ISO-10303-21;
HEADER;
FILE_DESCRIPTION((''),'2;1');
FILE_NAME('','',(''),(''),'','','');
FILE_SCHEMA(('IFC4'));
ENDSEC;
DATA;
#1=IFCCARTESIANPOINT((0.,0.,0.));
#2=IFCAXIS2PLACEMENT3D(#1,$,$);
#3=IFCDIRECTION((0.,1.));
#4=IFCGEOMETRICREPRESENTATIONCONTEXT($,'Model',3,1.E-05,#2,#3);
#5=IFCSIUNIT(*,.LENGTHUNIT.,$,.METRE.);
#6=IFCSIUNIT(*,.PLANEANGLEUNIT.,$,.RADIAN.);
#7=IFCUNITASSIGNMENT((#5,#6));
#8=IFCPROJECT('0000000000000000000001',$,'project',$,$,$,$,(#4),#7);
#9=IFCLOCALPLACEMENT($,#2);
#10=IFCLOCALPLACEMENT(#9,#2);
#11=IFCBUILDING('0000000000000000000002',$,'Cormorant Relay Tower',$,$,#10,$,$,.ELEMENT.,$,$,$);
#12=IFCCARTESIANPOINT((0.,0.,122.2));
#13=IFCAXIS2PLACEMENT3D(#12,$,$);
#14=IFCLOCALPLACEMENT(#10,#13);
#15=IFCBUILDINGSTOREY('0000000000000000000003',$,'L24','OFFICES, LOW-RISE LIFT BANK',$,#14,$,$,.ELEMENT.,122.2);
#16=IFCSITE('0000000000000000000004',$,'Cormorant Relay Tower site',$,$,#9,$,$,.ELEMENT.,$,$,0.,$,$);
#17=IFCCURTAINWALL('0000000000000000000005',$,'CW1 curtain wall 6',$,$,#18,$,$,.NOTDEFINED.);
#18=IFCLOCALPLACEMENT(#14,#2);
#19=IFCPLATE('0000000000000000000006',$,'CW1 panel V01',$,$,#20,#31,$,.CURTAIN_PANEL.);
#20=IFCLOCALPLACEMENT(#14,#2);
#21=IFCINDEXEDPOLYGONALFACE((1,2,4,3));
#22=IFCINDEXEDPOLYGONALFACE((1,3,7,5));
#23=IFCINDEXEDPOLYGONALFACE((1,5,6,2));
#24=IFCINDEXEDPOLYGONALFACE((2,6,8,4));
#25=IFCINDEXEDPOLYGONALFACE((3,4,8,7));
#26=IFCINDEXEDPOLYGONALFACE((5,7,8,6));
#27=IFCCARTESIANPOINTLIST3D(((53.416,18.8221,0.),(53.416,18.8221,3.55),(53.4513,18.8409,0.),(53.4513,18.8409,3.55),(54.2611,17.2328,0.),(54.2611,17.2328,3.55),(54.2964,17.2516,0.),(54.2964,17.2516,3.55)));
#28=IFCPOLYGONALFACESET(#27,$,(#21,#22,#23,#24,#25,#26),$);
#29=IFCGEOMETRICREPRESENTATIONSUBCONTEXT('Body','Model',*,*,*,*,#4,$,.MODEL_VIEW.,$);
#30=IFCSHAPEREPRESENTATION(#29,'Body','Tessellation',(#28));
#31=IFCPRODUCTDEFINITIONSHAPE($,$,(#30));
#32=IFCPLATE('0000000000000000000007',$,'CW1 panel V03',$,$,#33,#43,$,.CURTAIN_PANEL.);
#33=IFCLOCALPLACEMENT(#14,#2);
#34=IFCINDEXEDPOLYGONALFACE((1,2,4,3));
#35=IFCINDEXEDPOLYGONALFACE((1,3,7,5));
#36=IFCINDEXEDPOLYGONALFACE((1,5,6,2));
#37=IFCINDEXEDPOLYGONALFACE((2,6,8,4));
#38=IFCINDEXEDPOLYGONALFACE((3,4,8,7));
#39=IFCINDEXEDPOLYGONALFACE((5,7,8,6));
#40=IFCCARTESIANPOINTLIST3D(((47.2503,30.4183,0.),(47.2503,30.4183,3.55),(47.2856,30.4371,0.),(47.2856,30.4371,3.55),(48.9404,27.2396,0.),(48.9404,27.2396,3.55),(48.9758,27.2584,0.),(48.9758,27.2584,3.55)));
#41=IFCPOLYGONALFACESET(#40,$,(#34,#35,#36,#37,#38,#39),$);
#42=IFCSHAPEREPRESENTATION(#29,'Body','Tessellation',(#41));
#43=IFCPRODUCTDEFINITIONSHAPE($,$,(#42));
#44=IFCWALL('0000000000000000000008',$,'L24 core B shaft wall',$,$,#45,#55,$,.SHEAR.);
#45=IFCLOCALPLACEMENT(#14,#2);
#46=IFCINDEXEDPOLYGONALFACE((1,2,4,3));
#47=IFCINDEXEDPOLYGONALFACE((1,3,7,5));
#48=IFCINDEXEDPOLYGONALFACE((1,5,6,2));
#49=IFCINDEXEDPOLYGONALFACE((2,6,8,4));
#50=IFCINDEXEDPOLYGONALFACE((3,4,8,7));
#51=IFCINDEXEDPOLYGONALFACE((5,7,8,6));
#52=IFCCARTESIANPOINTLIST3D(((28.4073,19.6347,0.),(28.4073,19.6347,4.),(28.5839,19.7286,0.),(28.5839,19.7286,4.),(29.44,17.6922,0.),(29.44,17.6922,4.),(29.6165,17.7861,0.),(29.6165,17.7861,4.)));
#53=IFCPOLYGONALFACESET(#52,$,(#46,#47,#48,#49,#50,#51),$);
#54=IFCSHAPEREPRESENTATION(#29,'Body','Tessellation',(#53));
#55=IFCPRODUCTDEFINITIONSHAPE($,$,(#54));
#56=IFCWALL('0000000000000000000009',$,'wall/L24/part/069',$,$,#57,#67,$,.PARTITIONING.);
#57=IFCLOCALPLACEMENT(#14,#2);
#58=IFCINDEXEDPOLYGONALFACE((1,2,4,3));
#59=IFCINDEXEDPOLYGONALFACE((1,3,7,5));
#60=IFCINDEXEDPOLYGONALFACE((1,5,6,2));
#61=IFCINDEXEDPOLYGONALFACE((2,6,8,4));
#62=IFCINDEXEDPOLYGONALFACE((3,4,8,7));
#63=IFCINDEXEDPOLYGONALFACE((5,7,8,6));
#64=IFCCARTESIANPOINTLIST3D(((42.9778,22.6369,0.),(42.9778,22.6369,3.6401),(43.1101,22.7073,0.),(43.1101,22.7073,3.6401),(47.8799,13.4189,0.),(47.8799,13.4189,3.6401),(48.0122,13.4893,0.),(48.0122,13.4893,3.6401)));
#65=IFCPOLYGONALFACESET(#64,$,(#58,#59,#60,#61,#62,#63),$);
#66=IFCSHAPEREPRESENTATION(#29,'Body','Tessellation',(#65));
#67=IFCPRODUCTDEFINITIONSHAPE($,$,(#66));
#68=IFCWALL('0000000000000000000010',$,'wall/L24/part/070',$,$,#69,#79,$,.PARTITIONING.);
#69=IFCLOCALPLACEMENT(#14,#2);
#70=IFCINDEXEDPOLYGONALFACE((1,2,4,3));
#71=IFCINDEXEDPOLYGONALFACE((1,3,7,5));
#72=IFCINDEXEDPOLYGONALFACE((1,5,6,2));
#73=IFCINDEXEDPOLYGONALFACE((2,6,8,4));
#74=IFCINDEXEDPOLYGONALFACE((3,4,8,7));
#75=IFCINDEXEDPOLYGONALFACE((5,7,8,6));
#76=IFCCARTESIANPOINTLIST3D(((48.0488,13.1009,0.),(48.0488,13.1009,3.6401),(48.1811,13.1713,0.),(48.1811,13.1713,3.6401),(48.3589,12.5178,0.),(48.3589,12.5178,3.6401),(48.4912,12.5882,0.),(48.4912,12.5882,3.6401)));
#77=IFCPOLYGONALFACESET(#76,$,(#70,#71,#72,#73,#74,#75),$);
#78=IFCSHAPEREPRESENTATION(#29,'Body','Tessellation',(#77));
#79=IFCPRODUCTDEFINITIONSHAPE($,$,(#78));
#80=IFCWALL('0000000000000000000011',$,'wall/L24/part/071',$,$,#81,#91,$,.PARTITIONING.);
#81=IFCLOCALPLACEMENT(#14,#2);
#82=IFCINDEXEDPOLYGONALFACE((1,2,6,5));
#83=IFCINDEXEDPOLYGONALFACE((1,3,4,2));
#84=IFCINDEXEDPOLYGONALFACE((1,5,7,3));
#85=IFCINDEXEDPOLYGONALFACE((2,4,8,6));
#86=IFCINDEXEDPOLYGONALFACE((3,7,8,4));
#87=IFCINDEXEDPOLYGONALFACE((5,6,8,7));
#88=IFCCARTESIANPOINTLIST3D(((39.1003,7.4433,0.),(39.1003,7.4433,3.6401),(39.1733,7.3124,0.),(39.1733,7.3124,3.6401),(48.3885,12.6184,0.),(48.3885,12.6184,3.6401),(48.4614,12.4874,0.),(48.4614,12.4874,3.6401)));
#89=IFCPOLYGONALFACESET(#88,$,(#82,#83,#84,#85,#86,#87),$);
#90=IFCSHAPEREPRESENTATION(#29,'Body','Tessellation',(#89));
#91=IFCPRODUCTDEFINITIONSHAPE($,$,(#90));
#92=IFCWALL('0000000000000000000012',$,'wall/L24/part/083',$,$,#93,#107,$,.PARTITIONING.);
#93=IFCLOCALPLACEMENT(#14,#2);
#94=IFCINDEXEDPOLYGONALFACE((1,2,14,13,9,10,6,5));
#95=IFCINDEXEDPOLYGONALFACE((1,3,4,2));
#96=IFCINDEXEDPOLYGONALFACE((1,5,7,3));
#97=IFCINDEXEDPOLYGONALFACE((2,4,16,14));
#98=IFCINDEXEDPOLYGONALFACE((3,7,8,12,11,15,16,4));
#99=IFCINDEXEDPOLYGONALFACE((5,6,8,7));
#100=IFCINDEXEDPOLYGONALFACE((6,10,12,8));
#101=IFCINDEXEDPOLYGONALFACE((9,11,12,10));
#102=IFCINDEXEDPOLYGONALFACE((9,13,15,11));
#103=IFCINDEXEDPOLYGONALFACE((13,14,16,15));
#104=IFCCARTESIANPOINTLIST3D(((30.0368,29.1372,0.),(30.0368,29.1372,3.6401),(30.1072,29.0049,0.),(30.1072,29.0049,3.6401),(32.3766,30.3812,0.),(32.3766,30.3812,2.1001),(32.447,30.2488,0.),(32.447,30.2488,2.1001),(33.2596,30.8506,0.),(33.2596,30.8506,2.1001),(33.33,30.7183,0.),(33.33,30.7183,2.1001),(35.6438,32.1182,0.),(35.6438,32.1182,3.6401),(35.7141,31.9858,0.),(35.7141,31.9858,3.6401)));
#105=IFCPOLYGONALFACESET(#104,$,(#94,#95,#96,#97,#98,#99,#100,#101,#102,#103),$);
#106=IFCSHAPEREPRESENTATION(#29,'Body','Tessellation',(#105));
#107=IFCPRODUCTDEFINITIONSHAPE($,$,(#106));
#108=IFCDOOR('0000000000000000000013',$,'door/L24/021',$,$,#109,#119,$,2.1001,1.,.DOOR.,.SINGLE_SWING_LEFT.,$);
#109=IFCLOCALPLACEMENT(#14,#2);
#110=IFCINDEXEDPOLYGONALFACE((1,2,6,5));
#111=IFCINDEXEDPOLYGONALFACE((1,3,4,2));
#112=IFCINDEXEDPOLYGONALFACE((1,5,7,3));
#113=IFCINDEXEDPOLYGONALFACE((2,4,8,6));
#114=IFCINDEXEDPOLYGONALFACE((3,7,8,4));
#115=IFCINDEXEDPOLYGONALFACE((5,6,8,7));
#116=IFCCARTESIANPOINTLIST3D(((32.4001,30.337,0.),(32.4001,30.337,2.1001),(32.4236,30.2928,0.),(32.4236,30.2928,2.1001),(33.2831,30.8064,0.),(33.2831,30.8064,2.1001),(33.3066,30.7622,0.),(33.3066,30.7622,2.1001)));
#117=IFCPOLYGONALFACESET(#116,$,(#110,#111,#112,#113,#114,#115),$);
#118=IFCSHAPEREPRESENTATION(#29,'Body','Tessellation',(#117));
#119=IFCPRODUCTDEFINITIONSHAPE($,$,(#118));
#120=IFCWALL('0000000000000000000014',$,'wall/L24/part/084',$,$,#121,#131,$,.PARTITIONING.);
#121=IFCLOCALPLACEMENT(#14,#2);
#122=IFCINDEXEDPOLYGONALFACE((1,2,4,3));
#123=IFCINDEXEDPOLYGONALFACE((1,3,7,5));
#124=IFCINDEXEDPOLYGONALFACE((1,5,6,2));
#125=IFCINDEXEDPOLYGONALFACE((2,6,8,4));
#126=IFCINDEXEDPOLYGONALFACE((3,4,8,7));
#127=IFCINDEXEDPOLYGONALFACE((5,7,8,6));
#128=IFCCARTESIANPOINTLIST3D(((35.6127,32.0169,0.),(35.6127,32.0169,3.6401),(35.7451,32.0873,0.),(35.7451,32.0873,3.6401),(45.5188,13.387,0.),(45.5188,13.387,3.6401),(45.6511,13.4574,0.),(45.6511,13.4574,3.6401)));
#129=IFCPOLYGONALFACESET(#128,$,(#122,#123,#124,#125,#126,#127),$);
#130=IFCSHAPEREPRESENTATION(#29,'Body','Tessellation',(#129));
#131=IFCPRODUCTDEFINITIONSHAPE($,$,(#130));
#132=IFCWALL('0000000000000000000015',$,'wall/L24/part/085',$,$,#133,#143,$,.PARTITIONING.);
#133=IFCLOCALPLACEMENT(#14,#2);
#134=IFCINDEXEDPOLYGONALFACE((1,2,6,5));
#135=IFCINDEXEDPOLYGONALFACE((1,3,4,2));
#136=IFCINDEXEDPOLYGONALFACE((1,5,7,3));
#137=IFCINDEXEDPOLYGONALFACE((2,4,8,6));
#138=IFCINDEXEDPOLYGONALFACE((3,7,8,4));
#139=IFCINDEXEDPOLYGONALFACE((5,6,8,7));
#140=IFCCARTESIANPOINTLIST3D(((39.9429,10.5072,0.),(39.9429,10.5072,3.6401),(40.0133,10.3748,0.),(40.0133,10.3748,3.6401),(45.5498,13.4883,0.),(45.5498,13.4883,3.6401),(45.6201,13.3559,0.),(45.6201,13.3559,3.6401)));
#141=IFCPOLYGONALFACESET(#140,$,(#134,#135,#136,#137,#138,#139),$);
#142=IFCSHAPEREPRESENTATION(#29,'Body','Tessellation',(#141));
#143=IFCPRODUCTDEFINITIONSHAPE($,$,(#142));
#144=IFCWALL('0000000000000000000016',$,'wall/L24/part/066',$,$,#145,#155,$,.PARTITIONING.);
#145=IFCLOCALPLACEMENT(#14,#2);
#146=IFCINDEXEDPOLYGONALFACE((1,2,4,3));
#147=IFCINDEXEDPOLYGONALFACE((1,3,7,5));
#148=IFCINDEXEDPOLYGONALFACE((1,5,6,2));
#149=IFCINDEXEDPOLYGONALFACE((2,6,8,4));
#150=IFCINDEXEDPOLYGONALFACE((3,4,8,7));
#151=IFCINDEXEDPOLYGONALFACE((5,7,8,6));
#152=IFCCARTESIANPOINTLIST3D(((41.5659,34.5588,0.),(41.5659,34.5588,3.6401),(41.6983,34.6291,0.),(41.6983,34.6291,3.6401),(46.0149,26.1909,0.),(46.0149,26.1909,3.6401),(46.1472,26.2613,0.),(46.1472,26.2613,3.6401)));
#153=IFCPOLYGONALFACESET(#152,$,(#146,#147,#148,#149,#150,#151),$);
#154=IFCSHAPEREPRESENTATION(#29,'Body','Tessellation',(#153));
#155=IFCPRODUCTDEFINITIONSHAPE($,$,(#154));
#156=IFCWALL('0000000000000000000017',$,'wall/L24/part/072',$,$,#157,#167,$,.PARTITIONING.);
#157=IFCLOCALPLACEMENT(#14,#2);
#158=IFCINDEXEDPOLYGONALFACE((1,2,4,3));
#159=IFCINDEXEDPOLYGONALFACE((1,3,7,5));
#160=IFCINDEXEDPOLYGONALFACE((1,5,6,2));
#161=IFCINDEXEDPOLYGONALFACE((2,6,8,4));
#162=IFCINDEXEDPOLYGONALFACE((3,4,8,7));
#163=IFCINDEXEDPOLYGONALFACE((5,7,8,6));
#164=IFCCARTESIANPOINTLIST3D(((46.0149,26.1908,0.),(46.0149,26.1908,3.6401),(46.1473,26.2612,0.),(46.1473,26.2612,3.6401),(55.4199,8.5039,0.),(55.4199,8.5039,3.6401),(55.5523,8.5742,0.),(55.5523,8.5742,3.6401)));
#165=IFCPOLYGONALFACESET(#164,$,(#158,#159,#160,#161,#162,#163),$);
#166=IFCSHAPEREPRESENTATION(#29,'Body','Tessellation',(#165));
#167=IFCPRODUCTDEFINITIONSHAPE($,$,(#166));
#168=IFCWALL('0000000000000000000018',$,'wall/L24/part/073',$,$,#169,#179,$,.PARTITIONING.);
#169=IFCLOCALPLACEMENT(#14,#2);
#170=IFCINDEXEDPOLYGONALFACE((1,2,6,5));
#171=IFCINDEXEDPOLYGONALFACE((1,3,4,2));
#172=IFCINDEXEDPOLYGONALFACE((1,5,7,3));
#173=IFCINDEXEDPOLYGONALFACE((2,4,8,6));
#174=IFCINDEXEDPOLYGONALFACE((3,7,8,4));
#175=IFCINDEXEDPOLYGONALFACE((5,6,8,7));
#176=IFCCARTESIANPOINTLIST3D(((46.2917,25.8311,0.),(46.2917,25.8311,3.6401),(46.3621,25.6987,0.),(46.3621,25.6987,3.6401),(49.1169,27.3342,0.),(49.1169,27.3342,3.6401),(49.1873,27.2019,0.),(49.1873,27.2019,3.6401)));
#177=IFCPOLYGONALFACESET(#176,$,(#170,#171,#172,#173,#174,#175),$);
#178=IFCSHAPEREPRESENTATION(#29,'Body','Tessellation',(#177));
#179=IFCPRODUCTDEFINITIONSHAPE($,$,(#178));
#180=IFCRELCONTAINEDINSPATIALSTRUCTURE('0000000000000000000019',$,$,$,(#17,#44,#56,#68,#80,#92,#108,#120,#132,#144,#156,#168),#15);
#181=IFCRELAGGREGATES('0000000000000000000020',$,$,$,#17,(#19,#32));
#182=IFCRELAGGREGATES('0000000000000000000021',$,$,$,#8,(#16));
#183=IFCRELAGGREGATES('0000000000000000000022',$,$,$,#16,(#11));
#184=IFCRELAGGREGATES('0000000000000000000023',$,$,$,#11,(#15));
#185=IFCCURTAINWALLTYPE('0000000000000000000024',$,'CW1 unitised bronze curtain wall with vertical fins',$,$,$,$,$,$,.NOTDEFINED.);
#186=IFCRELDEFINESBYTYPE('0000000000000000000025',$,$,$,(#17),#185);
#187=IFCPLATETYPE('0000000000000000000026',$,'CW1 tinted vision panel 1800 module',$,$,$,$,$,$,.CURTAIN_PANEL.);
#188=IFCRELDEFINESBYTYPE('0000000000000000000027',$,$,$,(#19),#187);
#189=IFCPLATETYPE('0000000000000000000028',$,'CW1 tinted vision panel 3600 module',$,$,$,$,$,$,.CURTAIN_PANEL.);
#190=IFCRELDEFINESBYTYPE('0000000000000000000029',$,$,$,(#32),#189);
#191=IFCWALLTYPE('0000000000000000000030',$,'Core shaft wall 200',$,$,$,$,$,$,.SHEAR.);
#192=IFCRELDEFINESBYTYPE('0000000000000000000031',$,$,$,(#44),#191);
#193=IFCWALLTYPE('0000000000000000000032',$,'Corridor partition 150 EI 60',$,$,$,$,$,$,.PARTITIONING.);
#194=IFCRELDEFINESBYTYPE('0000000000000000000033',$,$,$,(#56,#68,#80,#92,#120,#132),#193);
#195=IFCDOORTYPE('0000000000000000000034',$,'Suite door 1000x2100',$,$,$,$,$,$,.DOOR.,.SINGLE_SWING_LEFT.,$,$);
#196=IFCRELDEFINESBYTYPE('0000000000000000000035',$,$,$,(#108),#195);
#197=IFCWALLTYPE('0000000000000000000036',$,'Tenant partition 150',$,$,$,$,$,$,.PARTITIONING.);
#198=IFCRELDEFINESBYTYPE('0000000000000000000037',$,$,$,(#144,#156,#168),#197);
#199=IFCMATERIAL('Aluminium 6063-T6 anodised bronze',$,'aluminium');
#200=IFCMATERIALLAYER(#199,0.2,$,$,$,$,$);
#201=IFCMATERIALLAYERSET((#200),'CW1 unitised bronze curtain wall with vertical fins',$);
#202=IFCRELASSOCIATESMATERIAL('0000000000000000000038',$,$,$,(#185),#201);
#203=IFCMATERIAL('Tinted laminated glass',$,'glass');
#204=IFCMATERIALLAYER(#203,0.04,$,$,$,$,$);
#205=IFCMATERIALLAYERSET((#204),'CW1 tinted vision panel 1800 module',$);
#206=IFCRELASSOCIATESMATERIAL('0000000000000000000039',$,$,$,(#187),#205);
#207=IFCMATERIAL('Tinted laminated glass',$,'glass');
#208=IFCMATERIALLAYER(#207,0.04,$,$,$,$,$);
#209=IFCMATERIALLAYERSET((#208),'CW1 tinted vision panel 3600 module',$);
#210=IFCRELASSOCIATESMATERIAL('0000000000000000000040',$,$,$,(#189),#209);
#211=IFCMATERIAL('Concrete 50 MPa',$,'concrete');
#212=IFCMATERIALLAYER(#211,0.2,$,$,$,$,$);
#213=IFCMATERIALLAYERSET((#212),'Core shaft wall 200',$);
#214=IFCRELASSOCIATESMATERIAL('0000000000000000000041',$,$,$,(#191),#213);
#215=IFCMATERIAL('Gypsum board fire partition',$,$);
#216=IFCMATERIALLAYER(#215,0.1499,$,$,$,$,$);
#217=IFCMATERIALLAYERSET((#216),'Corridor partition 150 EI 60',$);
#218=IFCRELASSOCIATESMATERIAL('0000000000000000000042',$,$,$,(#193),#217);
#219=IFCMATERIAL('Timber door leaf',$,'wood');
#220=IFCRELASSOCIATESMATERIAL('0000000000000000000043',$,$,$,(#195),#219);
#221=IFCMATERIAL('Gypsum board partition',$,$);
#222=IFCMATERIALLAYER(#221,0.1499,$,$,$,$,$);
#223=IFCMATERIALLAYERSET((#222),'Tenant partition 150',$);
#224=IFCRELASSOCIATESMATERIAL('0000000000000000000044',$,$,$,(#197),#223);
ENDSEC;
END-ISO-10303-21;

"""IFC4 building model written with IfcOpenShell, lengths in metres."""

from ifc_helpers import new_model, si_unit, direction, frame, frame_2d, origin, origin_2d, place, context, subcontext, project, spatial, rectangle, extrude, material, layer, layer_set, type_object, element, fill, aggregate, save


model = new_model("IFC4")

# Units and contexts
model_context = context("Model", 3, precision=1e-05, world=origin(), true_north=direction((0.0, 1.0)))
body_context = subcontext(model_context, "Body", "Model", "MODEL_VIEW")
ifc_project = project(units=[si_unit("LENGTHUNIT", "METRE"), si_unit("PLANEANGLEUNIT", "RADIAN")], contexts=[model_context])

# Site, building, storey
site_placement = place(None, origin())
site = spatial("IfcSite", under=ifc_project, at=site_placement, Name="Cormorant Relay Tower site", CompositionType="ELEMENT", RefElevation=0.0)
building_placement = place(site_placement, origin())
building = spatial("IfcBuilding", under=site, at=building_placement, Name="Cormorant Relay Tower", CompositionType="ELEMENT")
storey_placement = place(building_placement, frame((0.0, 0.0, 122.2)))
storey = spatial("IfcBuildingStorey", under=building, at=storey_placement, Name="L24", Description="OFFICES, LOW-RISE LIFT BANK", CompositionType="ELEMENT", Elevation=122.2)

# Curtain wall
ifc_material_1 = material(Name="Aluminium 6063-T6 anodised bronze", Category="aluminium")
ifc_layer_1 = layer(ifc_material_1, 0.2)
ifc_layer_set_1 = layer_set([ifc_layer_1], Name="CW1 unitised bronze curtain wall with vertical fins")
curtain_wall_type = type_object("IfcCurtainWallType", Name="CW1 unitised bronze curtain wall with vertical fins", PredefinedType="NOTDEFINED", material=ifc_layer_set_1)
curtain_wall_placement = place(storey_placement, origin())
curtain_wall = element("IfcCurtainWall", 1, at=curtain_wall_placement, inside=storey, type_object=curtain_wall_type, Name="CW1 curtain wall 6", PredefinedType="NOTDEFINED")

# Plates
ifc_material_2 = material(Name="Tinted laminated glass", Category="glass")
ifc_layer_2 = layer(ifc_material_2, 0.04)
ifc_layer_set_2 = layer_set([ifc_layer_2], Name="CW1 tinted vision panel 1800 module")
plate_type_1 = type_object("IfcPlateType", Name="CW1 tinted vision panel 1800 module", PredefinedType="CURTAIN_PANEL", material=ifc_layer_set_2)
plate_1_placement = place(storey_placement, frame((53.8562, 18.0369, 0.0), z_axis=(0.0, 0.0, 1.0), x_axis=(-0.469472, 0.882948, 0.0)))
plate_1 = element("IfcPlate", 2, at=plate_1_placement, type_object=plate_type_1, Name="CW1 panel V01", PredefinedType="CURTAIN_PANEL", context=body_context, shape_type="SweptSolid", body=[
    extrude(rectangle(XDim=1.8, YDim=0.04, at=origin_2d()), origin(), (0.0, 0.0, 1.0), 3.55),
])
ifc_material_3 = material(Name="Tinted laminated glass", Category="glass")
ifc_layer_3 = layer(ifc_material_3, 0.04)
ifc_layer_set_3 = layer_set([ifc_layer_3], Name="CW1 tinted vision panel 3600 module")
plate_type_2 = type_object("IfcPlateType", Name="CW1 tinted vision panel 3600 module", PredefinedType="CURTAIN_PANEL", material=ifc_layer_set_3)
plate_2_placement = place(storey_placement, frame((48.113, 28.8384, 0.0), z_axis=(0.0, 0.0, 1.0), x_axis=(-0.469472, 0.882948, 0.0)))
plate_2 = element("IfcPlate", 3, at=plate_2_placement, type_object=plate_type_2, Name="CW1 panel V03", PredefinedType="CURTAIN_PANEL", context=body_context, shape_type="SweptSolid", body=[
    extrude(rectangle(XDim=3.6001, YDim=0.04, at=origin_2d()), origin(), (0.0, 0.0, 1.0), 3.55),
])

# Wall
ifc_material_4 = material(Name="Concrete 50 MPa", Category="concrete")
ifc_layer_4 = layer(ifc_material_4, 0.2)
ifc_layer_set_4 = layer_set([ifc_layer_4], Name="Core shaft wall 200")
wall_type_1 = type_object("IfcWallType", Name="Core shaft wall 200", PredefinedType="SHEAR", material=ifc_layer_set_4)
wall_1_placement = place(storey_placement, frame((29.5283, 17.739, 0.0), z_axis=(0.0, 0.0, 1.0), x_axis=(-0.469401, 0.882985, 0.0)))
element("IfcWall", 4, at=wall_1_placement, inside=storey, type_object=wall_type_1, Name="L24 core B shaft wall", PredefinedType="SHEAR", context=body_context, shape_type="SweptSolid", body=[
    extrude(rectangle(XDim=2.2, YDim=0.2, at=frame_2d((1.1001, 0.0))), origin(), (0.0, 0.0, 1.0), 4.0),
])

# Walls
ifc_material_5 = material(Name="Gypsum board fire partition")
ifc_layer_5 = layer(ifc_material_5, 0.1499)
ifc_layer_set_5 = layer_set([ifc_layer_5], Name="Corridor partition 150 EI 60")
wall_type_2 = type_object("IfcWallType", Name="Corridor partition 150 EI 60", PredefinedType="PARTITIONING", material=ifc_layer_set_5)
wall_2_placement = place(storey_placement, frame((43.0439, 22.6721, 0.0), z_axis=(0.0, 0.0, 1.0), x_axis=(0.469531, -0.882916, 0.0)))
element("IfcWall", 5, at=wall_2_placement, inside=storey, type_object=wall_type_2, Name="wall/L24/part/069", PredefinedType="PARTITIONING", context=body_context, shape_type="SweptSolid", body=[
    extrude(rectangle(XDim=10.4404, YDim=0.1499, at=frame_2d((5.2202, 0.0))), origin(), (0.0, 0.0, 1.0), 3.6401),
])
wall_3_placement = place(storey_placement, frame((48.115, 13.136, 0.0), z_axis=(0.0, 0.0, 1.0), x_axis=(0.469552, -0.882905, 0.0)))
element("IfcWall", 6, at=wall_3_placement, inside=storey, type_object=wall_type_2, Name="wall/L24/part/070", PredefinedType="PARTITIONING", context=body_context, shape_type="SweptSolid", body=[
    extrude(rectangle(XDim=0.6604, YDim=0.1499, at=frame_2d((0.3301, 0.0))), origin(), (0.0, 0.0, 1.0), 3.6401),
])
wall_4_placement = place(storey_placement, frame((48.425, 12.553, 0.0), z_axis=(0.0, 0.0, 1.0), x_axis=(-0.873558, -0.486721, 0.0)))
element("IfcWall", 7, at=wall_4_placement, inside=storey, type_object=wall_type_2, Name="wall/L24/part/071", PredefinedType="PARTITIONING", context=body_context, shape_type="SweptSolid", body=[
    extrude(rectangle(XDim=10.6326, YDim=0.1499, at=frame_2d((5.3164, 0.0))), origin(), (0.0, 0.0, 1.0), 3.6401),
])

# Wall, opening, door
wall_5_placement = place(storey_placement, frame((30.072, 29.071, 0.0), z_axis=(0.0, 0.0, 1.0), x_axis=(0.882967, 0.469434, 0.0)))
wall_5 = element("IfcWall", 8, at=wall_5_placement, inside=storey, type_object=wall_type_2, Name="wall/L24/part/083", PredefinedType="PARTITIONING", context=body_context, shape_type="SweptSolid", body=[
    extrude(rectangle(XDim=6.3501, YDim=0.1499, at=frame_2d((3.175, 0.0))), origin(), (0.0, 0.0, 1.0), 3.6401),
])
opening_1_placement = place(wall_5_placement, frame((2.6499, 0.0, 0.0)))
opening_1 = element("IfcOpeningElement", 9, at=opening_1_placement, cuts=wall_5, PredefinedType="OPENING", context=body_context, shape_type="SweptSolid", body=[
    extrude(rectangle(XDim=1.0, YDim=2.1001, at=frame_2d((0.5, 1.05))), frame((0.0, 0.085, 0.0), z_axis=(0.0, -1.0, 0.0), x_axis=(1.0, 0.0, 0.0)), (0.0, 0.0, 1.0), 0.1699),
])
ifc_material_6 = material(Name="Timber door leaf", Category="wood")
door_type_1 = type_object("IfcDoorType", Name="Suite door 1000x2100", OperationType="SINGLE_SWING_LEFT", PredefinedType="DOOR", material=ifc_material_6)
door_1_placement = place(opening_1_placement, origin())
door_1 = element("IfcDoor", 10, at=door_1_placement, inside=storey, type_object=door_type_1, Name="door/L24/021", OperationType="SINGLE_SWING_LEFT", OverallHeight=2.1001, OverallWidth=1.0, PredefinedType="DOOR", context=body_context, shape_type="SweptSolid", body=[
    extrude(rectangle(XDim=1.0, YDim=2.1001, at=frame_2d((0.5, 1.05))), frame((0.0, 0.0249, 0.0), z_axis=(0.0, -1.0, 0.0), x_axis=(1.0, 0.0, 0.0)), (0.0, 0.0, 1.0), 0.05),
])
fill(opening_1, door_1)

# Walls
wall_6_placement = place(storey_placement, frame((35.679, 32.052, 0.0), z_axis=(0.0, 0.0, 1.0), x_axis=(0.469483, -0.882941, 0.0)))
element("IfcWall", 11, at=wall_6_placement, inside=storey, type_object=wall_type_2, Name="wall/L24/part/084", PredefinedType="PARTITIONING", context=body_context, shape_type="SweptSolid", body=[
    extrude(rectangle(XDim=21.0999, YDim=0.1499, at=frame_2d((10.5498, 0.0))), origin(), (0.0, 0.0, 1.0), 3.6401),
])
wall_7_placement = place(storey_placement, frame((45.585, 13.4221, 0.0), z_axis=(0.0, 0.0, 1.0), x_axis=(-0.882951, -0.469464, 0.0)))
element("IfcWall", 12, at=wall_7_placement, inside=storey, type_object=wall_type_2, Name="wall/L24/part/085", PredefinedType="PARTITIONING", context=body_context, shape_type="SweptSolid", body=[
    extrude(rectangle(XDim=6.3501, YDim=0.1499, at=frame_2d((3.175, 0.0))), origin(), (0.0, 0.0, 1.0), 3.6401),
])
ifc_material_7 = material(Name="Gypsum board partition")
ifc_layer_6 = layer(ifc_material_7, 0.1499)
ifc_layer_set_6 = layer_set([ifc_layer_6], Name="Tenant partition 150")
wall_type_3 = type_object("IfcWallType", Name="Tenant partition 150", PredefinedType="PARTITIONING", material=ifc_layer_set_6)
wall_8_placement = place(storey_placement, frame((46.0811, 26.2261, 0.0), z_axis=(0.0, 0.0, 1.0), x_axis=(-0.469445, 0.882962, 0.0)))
element("IfcWall", 13, at=wall_8_placement, inside=storey, type_object=wall_type_3, Name="wall/L24/part/066", PredefinedType="PARTITIONING", context=body_context, shape_type="SweptSolid", body=[
    extrude(rectangle(XDim=9.4771, YDim=0.1499, at=frame_2d((4.7385, 0.0))), origin(), (0.0, 0.0, 1.0), 3.6401),
])
wall_9_placement = place(storey_placement, frame((46.0811, 26.2261, 0.0), z_axis=(0.0, 0.0, 1.0), x_axis=(0.469498, -0.882934, 0.0)))
element("IfcWall", 14, at=wall_9_placement, inside=storey, type_object=wall_type_3, Name="wall/L24/part/072", PredefinedType="PARTITIONING", context=body_context, shape_type="SweptSolid", body=[
    extrude(rectangle(XDim=20.032, YDim=0.1499, at=frame_2d((10.0161, 0.0))), origin(), (0.0, 0.0, 1.0), 3.6401),
])
wall_10_placement = place(storey_placement, frame((49.1521, 27.2681, 0.0), z_axis=(0.0, 0.0, 1.0), x_axis=(-0.882819, -0.469713, 0.0)))
element("IfcWall", 15, at=wall_10_placement, inside=storey, type_object=wall_type_3, Name="wall/L24/part/073", PredefinedType="PARTITIONING", context=body_context, shape_type="SweptSolid", body=[
    extrude(rectangle(XDim=3.2002, YDim=0.1499, at=frame_2d((1.6001, 0.0))), origin(), (0.0, 0.0, 1.0), 3.6401),
])

aggregate(curtain_wall, [plate_1, plate_2])

save(model, "model.ifc")
